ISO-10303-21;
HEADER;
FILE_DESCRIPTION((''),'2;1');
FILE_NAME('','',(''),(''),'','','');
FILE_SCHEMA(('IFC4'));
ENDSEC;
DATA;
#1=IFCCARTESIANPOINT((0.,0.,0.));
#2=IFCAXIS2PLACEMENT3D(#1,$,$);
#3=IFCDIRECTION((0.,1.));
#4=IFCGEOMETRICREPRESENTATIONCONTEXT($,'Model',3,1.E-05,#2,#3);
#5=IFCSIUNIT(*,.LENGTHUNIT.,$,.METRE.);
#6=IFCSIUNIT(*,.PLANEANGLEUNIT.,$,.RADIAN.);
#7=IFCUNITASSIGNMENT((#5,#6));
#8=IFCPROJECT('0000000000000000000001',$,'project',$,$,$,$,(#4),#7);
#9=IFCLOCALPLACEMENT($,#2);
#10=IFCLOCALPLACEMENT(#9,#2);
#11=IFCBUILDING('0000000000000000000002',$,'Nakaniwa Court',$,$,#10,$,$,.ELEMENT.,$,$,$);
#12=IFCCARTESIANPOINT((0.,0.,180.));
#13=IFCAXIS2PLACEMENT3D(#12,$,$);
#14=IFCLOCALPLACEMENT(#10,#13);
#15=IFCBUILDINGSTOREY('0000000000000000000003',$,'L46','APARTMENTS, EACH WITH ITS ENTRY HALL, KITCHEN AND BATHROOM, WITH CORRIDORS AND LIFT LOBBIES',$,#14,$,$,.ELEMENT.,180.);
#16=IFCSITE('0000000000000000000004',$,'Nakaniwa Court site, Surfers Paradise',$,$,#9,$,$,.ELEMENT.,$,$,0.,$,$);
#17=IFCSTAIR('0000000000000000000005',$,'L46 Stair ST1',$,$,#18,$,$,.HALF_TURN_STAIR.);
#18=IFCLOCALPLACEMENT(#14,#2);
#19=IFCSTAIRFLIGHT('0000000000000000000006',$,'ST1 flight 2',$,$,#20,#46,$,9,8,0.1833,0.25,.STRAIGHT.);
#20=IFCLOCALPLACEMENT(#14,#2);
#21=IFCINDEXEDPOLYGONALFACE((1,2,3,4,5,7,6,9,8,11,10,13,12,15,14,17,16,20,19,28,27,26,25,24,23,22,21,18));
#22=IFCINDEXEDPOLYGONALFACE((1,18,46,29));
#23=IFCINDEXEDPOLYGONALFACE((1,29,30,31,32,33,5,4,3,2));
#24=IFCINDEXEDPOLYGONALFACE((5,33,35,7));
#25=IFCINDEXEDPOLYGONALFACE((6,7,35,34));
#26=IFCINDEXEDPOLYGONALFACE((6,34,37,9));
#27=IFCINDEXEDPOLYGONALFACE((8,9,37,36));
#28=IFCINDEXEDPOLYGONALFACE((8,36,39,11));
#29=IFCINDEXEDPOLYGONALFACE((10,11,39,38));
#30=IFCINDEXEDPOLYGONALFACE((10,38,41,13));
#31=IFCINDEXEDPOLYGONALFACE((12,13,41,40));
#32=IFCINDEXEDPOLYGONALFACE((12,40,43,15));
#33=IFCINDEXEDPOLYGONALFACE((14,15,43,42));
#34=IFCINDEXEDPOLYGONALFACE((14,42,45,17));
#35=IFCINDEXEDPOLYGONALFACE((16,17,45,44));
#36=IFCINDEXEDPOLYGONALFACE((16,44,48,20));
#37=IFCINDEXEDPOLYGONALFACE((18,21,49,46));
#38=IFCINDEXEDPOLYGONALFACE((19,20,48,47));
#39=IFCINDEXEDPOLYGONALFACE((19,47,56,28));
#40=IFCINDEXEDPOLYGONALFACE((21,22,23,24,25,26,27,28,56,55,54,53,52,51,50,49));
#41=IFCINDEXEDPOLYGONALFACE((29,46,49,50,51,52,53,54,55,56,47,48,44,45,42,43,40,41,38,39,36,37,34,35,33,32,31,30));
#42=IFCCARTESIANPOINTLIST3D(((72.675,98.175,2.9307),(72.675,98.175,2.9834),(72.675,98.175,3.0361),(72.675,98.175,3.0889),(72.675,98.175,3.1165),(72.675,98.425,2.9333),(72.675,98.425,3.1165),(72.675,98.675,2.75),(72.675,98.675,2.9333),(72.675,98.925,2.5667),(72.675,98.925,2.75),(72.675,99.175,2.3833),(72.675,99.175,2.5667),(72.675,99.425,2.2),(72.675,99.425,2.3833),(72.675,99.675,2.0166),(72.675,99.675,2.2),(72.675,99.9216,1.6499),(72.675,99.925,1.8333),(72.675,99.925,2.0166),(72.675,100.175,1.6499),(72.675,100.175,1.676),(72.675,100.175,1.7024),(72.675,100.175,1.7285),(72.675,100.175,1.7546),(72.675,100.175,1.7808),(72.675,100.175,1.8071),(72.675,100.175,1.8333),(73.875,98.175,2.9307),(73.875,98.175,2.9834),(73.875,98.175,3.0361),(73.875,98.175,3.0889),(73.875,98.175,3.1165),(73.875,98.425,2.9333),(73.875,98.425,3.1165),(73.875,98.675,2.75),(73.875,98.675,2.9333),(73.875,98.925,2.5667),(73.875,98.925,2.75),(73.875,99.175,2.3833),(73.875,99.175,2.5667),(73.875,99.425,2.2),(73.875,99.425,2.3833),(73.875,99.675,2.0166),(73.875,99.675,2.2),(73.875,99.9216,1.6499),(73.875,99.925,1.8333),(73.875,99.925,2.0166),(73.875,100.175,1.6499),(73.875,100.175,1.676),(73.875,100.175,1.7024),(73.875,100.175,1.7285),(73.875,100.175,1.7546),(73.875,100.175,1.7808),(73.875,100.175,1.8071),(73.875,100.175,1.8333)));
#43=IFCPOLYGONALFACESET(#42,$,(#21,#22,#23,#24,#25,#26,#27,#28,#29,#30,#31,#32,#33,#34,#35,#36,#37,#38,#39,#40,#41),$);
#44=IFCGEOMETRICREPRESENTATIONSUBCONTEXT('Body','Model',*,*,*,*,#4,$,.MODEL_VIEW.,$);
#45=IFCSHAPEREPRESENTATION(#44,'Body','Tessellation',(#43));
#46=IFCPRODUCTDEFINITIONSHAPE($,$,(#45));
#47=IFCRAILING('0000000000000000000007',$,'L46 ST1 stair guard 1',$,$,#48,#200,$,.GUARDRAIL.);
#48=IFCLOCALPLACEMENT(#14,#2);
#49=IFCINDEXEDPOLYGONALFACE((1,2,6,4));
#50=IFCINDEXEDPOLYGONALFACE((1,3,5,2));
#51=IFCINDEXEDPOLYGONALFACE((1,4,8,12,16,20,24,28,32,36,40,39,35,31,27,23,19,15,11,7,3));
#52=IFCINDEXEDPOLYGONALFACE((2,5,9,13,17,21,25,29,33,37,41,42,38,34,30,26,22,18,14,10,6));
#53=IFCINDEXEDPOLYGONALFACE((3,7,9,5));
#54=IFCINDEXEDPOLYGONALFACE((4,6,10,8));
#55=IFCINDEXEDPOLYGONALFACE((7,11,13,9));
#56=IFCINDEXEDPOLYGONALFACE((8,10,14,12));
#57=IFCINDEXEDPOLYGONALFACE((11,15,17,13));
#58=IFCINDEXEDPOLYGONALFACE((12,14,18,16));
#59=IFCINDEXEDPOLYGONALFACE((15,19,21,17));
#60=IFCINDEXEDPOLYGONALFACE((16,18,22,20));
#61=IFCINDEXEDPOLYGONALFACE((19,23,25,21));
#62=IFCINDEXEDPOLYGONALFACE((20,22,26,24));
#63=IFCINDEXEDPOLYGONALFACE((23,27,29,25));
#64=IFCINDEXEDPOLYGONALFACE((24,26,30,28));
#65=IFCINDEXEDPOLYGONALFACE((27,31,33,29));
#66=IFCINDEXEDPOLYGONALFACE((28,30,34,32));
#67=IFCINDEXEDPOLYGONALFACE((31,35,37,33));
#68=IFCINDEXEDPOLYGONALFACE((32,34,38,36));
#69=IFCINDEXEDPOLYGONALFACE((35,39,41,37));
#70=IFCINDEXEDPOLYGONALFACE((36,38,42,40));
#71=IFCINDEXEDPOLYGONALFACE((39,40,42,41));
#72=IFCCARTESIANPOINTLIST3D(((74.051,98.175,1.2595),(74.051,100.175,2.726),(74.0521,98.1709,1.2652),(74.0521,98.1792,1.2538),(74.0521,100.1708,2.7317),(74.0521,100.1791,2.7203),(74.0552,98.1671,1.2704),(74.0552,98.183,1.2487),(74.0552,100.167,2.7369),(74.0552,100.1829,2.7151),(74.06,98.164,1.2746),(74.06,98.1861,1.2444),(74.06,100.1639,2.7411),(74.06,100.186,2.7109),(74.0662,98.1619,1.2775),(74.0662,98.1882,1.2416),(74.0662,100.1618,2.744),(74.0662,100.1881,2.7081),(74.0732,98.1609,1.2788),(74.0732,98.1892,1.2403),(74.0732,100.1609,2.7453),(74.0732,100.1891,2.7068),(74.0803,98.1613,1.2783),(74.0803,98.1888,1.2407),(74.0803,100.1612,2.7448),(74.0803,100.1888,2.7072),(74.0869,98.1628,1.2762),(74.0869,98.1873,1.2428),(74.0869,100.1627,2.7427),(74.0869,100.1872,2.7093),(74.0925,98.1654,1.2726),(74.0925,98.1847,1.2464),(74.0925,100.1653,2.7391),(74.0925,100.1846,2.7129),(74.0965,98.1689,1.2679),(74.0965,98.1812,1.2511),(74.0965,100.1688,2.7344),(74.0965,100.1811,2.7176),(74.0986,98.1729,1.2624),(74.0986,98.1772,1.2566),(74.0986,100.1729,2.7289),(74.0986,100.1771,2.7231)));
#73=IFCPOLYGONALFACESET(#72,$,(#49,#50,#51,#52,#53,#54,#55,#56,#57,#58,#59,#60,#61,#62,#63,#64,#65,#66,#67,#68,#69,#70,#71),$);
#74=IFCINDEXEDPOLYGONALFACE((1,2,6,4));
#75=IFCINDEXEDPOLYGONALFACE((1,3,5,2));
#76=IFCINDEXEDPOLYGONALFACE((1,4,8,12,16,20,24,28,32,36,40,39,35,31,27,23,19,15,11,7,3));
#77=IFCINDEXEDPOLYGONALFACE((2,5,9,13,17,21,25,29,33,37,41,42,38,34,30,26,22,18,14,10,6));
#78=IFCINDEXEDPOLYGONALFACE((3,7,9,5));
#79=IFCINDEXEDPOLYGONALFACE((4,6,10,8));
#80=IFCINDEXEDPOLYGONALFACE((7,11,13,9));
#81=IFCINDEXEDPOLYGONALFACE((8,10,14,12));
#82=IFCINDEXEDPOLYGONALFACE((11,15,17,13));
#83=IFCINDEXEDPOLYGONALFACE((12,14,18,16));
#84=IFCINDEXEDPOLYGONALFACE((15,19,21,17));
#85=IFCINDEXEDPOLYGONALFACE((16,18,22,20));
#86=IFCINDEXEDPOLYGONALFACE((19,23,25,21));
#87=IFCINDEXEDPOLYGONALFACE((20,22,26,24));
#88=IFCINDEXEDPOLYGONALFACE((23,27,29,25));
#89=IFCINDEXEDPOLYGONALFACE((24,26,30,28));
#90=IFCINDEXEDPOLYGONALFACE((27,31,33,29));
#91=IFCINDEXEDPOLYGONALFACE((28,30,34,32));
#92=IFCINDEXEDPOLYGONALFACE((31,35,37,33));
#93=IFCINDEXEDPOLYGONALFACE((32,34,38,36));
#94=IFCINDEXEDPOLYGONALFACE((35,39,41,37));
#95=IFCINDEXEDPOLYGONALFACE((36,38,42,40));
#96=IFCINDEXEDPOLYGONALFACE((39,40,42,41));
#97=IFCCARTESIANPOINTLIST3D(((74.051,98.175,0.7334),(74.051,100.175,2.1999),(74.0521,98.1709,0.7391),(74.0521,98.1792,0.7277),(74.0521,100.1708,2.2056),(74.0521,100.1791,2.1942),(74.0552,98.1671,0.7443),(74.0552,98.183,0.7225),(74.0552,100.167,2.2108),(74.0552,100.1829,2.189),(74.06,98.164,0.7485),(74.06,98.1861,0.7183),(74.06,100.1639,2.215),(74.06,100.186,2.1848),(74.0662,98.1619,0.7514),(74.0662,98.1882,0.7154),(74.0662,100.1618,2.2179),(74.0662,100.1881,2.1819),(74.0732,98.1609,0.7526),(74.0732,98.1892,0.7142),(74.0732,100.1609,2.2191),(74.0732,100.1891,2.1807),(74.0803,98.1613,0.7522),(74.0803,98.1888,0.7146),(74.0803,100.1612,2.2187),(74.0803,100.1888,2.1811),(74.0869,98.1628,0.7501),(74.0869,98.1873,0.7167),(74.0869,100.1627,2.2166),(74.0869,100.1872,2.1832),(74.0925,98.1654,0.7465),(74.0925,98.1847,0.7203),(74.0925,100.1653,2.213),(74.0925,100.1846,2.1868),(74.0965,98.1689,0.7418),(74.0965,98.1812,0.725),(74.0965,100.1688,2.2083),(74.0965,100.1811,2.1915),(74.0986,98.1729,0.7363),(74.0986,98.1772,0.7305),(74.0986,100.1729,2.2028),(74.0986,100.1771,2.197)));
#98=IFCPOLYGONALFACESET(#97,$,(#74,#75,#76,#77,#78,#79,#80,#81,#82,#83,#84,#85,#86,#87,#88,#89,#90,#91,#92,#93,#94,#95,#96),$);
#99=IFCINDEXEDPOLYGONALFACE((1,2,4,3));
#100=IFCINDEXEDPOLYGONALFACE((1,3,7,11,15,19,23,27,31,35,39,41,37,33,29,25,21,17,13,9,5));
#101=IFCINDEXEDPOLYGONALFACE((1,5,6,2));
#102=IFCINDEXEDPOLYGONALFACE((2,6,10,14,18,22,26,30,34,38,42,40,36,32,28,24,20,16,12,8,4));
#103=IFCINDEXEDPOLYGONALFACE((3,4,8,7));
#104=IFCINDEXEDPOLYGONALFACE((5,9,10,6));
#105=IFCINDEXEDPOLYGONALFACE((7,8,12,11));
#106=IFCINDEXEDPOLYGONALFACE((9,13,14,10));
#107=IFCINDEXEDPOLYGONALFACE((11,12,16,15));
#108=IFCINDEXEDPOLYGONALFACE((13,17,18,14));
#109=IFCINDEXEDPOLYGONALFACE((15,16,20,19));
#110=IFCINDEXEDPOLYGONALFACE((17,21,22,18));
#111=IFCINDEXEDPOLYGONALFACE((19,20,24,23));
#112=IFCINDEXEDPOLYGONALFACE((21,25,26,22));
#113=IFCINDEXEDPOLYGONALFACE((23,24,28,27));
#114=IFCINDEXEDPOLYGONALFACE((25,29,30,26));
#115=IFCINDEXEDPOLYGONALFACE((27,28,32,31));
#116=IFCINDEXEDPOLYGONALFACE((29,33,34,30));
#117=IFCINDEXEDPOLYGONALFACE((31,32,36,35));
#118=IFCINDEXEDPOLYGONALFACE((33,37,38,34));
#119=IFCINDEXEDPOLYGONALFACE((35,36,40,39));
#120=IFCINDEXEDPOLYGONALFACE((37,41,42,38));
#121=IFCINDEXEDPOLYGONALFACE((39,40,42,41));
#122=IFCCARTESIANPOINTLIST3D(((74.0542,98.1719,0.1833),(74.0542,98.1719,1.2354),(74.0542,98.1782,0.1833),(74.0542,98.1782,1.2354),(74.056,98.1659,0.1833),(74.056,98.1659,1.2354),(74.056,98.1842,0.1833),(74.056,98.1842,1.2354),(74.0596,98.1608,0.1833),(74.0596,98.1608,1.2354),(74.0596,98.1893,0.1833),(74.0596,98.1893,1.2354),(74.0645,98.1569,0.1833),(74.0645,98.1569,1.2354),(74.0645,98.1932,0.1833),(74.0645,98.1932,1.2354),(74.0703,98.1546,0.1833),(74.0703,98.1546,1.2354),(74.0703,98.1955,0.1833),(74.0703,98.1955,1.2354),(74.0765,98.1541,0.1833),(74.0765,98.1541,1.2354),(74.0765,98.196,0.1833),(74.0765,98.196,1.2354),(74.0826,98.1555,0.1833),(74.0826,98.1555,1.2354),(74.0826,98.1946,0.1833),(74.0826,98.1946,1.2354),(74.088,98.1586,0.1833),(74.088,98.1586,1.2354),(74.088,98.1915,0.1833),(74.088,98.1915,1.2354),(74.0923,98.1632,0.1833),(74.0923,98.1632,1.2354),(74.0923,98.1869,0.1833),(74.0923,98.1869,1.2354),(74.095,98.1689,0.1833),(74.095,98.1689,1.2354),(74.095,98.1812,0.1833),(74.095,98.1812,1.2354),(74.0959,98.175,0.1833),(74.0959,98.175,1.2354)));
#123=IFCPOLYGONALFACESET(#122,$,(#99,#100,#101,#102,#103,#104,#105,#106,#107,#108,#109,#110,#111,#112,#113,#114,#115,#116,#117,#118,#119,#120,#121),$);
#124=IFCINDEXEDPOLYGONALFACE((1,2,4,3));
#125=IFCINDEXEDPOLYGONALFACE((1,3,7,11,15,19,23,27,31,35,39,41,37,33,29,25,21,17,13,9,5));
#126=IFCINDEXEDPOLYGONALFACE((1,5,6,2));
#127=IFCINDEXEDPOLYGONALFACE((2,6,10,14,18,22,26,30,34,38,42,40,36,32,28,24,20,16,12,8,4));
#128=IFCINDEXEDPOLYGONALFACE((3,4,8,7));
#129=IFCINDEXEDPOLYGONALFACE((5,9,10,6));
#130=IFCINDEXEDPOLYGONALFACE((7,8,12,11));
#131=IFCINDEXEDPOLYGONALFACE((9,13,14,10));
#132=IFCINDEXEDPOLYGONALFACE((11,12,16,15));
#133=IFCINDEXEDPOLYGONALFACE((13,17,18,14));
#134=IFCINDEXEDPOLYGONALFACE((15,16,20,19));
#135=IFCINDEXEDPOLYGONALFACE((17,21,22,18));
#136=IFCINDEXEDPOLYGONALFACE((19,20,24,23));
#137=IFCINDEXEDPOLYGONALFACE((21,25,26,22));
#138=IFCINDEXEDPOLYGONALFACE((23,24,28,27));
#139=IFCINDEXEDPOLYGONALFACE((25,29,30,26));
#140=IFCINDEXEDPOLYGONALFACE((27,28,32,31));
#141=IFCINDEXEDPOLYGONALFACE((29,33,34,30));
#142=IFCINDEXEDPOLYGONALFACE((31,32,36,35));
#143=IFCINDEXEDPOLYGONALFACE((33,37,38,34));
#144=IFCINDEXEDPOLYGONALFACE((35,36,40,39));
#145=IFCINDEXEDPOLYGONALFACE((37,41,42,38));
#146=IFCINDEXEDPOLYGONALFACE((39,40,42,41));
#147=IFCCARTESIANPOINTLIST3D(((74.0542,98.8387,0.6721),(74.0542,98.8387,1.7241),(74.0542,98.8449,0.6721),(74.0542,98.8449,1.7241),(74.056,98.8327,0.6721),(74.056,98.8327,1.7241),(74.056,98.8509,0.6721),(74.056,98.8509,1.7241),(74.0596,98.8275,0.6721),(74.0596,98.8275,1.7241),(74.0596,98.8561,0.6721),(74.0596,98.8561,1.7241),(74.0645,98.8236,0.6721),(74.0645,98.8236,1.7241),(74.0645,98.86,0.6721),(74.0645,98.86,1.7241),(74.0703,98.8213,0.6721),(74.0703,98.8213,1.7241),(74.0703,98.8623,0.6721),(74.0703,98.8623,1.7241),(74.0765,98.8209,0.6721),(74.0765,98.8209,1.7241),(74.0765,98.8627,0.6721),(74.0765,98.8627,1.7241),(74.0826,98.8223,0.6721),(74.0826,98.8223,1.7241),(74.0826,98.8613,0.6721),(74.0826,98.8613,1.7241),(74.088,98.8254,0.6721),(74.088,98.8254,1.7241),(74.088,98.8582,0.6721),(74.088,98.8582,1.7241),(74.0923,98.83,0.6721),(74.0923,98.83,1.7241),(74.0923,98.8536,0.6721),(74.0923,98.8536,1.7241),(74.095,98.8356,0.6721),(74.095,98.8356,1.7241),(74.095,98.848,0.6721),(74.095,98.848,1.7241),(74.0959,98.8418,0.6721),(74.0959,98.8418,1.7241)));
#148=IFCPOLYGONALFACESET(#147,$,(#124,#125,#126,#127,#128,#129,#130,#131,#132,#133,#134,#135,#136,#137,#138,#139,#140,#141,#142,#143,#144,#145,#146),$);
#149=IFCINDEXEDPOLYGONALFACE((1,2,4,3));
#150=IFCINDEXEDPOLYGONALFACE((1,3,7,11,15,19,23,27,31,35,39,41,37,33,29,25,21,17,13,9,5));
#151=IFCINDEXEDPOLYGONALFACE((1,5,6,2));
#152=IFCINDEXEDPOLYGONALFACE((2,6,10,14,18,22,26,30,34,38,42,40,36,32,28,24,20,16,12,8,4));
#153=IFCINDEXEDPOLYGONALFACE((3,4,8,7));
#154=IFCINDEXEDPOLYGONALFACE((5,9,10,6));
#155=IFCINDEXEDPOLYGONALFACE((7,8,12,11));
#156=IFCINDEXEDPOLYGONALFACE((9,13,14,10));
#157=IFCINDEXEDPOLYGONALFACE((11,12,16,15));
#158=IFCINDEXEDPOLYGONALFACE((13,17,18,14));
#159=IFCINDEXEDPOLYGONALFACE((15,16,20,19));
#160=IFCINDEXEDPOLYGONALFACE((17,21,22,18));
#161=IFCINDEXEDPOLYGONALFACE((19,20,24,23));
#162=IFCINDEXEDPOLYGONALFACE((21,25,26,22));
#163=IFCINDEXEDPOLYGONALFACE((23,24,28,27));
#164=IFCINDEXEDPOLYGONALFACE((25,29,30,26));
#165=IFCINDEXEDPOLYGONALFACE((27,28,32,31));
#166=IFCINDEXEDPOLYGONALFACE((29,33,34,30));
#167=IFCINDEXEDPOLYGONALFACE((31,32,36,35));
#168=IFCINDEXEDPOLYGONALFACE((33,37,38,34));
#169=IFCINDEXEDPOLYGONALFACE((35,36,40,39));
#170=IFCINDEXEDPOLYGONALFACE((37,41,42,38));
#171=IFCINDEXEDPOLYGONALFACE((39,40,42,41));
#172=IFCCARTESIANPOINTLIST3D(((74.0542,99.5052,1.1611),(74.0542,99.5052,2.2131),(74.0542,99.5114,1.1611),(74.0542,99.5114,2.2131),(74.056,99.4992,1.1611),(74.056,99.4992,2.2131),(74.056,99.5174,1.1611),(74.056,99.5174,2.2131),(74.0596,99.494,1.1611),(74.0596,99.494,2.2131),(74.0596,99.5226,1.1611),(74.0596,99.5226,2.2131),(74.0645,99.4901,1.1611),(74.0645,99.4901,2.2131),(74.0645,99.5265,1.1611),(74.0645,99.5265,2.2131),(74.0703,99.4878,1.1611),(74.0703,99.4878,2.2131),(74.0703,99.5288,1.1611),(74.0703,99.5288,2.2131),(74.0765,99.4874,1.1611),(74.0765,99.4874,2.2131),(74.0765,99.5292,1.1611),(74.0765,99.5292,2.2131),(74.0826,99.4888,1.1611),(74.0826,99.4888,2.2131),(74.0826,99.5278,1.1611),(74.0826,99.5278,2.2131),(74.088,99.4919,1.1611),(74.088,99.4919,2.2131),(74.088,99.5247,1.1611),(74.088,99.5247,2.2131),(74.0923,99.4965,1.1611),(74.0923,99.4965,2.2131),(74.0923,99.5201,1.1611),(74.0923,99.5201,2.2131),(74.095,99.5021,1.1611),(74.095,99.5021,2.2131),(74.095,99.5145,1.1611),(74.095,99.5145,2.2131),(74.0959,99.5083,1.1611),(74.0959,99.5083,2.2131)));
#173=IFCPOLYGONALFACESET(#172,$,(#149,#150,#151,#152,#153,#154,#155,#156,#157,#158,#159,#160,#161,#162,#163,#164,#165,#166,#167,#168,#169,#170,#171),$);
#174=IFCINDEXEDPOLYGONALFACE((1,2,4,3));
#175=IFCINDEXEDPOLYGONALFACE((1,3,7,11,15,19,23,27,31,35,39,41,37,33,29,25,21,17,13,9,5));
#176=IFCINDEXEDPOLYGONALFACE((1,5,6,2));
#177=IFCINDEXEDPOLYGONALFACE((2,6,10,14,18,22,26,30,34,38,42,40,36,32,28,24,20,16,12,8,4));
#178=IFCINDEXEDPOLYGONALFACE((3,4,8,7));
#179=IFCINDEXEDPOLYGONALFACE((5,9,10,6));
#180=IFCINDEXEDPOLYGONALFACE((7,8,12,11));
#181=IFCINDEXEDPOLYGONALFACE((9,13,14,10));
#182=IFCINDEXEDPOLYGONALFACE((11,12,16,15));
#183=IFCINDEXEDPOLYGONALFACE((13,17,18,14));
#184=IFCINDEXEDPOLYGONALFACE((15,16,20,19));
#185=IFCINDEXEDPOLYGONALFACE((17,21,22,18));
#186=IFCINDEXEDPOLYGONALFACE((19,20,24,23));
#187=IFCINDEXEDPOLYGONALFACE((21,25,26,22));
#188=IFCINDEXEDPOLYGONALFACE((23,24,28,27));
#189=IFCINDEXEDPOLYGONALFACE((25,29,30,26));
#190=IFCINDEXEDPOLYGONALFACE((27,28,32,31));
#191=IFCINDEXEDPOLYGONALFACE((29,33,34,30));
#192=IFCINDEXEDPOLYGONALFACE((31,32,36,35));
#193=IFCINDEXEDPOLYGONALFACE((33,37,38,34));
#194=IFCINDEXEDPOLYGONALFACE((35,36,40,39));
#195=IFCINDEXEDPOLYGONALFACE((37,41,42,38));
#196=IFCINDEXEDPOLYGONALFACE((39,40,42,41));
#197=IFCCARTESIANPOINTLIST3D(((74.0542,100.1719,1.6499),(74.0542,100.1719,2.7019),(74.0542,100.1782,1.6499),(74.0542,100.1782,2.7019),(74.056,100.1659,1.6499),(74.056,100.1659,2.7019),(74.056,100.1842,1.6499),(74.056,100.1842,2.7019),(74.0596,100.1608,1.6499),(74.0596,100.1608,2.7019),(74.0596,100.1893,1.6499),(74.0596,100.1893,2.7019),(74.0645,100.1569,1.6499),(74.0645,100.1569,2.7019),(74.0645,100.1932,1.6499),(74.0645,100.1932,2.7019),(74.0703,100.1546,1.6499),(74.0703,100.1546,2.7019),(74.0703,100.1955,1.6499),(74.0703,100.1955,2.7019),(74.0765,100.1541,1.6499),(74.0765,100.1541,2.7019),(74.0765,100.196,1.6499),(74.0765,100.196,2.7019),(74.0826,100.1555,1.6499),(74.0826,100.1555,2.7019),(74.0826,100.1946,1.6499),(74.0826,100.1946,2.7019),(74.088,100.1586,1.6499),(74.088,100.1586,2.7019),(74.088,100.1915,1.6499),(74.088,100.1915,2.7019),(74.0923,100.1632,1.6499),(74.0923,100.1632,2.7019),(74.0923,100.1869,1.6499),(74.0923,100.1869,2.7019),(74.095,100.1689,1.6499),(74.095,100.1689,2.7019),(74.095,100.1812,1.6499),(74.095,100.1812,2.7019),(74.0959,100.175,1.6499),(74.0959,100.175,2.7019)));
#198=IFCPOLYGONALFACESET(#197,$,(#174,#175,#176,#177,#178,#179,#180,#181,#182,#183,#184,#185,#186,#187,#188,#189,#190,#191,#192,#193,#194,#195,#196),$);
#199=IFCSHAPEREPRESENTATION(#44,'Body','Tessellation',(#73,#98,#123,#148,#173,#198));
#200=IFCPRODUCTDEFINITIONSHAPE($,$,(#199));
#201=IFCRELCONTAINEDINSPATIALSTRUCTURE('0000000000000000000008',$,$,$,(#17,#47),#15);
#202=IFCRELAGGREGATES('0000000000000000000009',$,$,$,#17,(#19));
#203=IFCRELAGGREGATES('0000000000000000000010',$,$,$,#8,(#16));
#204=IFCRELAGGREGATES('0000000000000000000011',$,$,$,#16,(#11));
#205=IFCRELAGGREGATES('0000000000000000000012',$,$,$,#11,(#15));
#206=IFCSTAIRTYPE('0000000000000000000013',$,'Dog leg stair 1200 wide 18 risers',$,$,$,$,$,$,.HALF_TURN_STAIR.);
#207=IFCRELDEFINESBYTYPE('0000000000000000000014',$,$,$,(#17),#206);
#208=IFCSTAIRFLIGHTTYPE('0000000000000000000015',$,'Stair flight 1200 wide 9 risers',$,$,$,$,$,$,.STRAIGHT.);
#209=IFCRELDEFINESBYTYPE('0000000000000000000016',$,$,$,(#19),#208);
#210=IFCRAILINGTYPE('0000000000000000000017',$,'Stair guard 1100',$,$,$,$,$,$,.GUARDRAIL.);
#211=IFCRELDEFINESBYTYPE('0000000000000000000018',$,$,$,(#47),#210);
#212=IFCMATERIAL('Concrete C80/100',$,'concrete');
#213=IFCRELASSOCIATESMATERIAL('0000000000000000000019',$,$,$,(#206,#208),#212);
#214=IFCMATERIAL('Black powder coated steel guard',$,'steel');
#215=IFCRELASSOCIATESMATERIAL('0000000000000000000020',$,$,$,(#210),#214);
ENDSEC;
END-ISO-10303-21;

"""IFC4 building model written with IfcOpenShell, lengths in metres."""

from ifc_helpers import new_model, si_unit, direction, frame, origin, origin_2d, place, context, subcontext, project, spatial, polyline, circle, outline, extrude, material, type_object, element, aggregate, save


model = new_model("IFC4")

# Units and contexts
model_context = context("Model", 3, precision=1e-05, world=origin(), true_north=direction((0.0, 1.0)))
body_context = subcontext(model_context, "Body", "Model", "MODEL_VIEW")
ifc_project = project(units=[si_unit("LENGTHUNIT", "METRE"), si_unit("PLANEANGLEUNIT", "RADIAN")], contexts=[model_context])

# Site, building, storey
site_placement = place(None, origin())
site = spatial("IfcSite", under=ifc_project, at=site_placement, Name="Nakaniwa Court site, Surfers Paradise", CompositionType="ELEMENT", RefElevation=0.0)
building_placement = place(site_placement, origin())
building = spatial("IfcBuilding", under=site, at=building_placement, Name="Nakaniwa Court", CompositionType="ELEMENT")
storey_placement = place(building_placement, frame((0.0, 0.0, 180.0)))
storey = spatial("IfcBuildingStorey", under=building, at=storey_placement, Name="L46", Description="APARTMENTS, EACH WITH ITS ENTRY HALL, KITCHEN AND BATHROOM, WITH CORRIDORS AND LIFT LOBBIES", CompositionType="ELEMENT", Elevation=180.0)

# Shared definitions
ifc_material_1 = material(Name="Concrete C80/100", Category="concrete")

# Stair, stair flight
stair_type = type_object("IfcStairType", Name="Dog leg stair 1200 wide 18 risers", PredefinedType="HALF_TURN_STAIR", material=ifc_material_1)
stair_placement = place(storey_placement, origin())
stair = element("IfcStair", 1, at=stair_placement, inside=storey, type_object=stair_type, Name="L46 Stair ST1", PredefinedType="HALF_TURN_STAIR")
stair_flight_type = type_object("IfcStairFlightType", Name="Stair flight 1200 wide 9 risers", PredefinedType="STRAIGHT", material=ifc_material_1)
stair_flight_1_placement = place(storey_placement, frame((73.2749, 100.175, 1.6499), z_axis=(0.0, 0.0, 1.0), x_axis=(0.0, -1.0, 0.0)))
stair_flight_1 = element("IfcStairFlight", 2, at=stair_flight_1_placement, type_object=stair_flight_type, Name="ST1 flight 2", NumberOfRisers=9, NumberOfTreads=8, PredefinedType="STRAIGHT", RiserHeight=0.1833, TreadLength=0.25, context=body_context, shape_type="SweptSolid", body=[
    extrude(outline(polyline([(0.0, 0.0), (0.0, 0.0261), (0.0, 0.0525), (0.0, 0.0786), (0.0, 0.1047), (0.0, 0.1309), (0.0, 0.1572), (0.0, 0.1833), (0.25, 0.1833), (0.25, 0.3667), (0.5, 0.3667), (0.5, 0.55), (0.75, 0.55), (0.75, 0.7334), (1.0, 0.7334), (1.0, 0.9167), (1.25, 0.9167), (1.25, 1.1001), (1.5, 1.1001), (1.5, 1.2834), (1.75, 1.2834), (1.75, 1.4666), (2.0, 1.4666), (2.0, 1.6499), (2.0, 1.5972), (2.0, 1.5444), (2.0, 1.4917), (2.0, 1.439), (2.0, 1.3862), (2.0, 1.3335), (2.0, 1.2808), (0.2534, 0.0), (0.0, 0.0)])), frame((0.0, 0.6001, 0.0), z_axis=(0.0, -1.0, 0.0), x_axis=(1.0, 0.0, 0.0)), (0.0, 0.0, 1.0), 1.2),
])
aggregate(stair, [stair_flight_1])

# Railing
ifc_material_2 = material(Name="Black powder coated steel guard", Category="steel")
railing_type_1 = type_object("IfcRailingType", Name="Stair guard 1100", PredefinedType="GUARDRAIL", material=ifc_material_2)
railing_1_placement = place(storey_placement, frame((74.075, 98.175, 0.1833)))
element("IfcRailing", 3, at=railing_1_placement, inside=storey, type_object=railing_type_1, Name="L46 ST1 stair guard 1", PredefinedType="GUARDRAIL", context=body_context, shape_type="SweptSolid", body=[
    extrude(circle(Radius=0.0239, at=origin_2d()), frame((0.0, 0.0, 1.0762), z_axis=(0.0, 0.806427, 0.591334), x_axis=(-1.0, 0.0, 0.0)), (0.0, 0.0, 1.0), 2.48),
    extrude(circle(Radius=0.0239, at=origin_2d()), frame((0.0, 0.0, 0.55), z_axis=(0.0, 0.806427, 0.591334), x_axis=(-1.0, 0.0, 0.0)), (0.0, 0.0, 1.0), 2.48),
    extrude(circle(Radius=0.021, at=origin_2d()), origin(), (0.0, 0.0, 1.0), 1.052),
    extrude(circle(Radius=0.021, at=origin_2d()), frame((0.0, 0.6667, 0.4888)), (0.0, 0.0, 1.0), 1.052),
    extrude(circle(Radius=0.021, at=origin_2d()), frame((0.0, 1.3333, 0.9778)), (0.0, 0.0, 1.0), 1.052),
    extrude(circle(Radius=0.021, at=origin_2d()), frame((0.0, 2.0, 1.4666)), (0.0, 0.0, 1.0), 1.052),
])

save(model, "model.ifc")
